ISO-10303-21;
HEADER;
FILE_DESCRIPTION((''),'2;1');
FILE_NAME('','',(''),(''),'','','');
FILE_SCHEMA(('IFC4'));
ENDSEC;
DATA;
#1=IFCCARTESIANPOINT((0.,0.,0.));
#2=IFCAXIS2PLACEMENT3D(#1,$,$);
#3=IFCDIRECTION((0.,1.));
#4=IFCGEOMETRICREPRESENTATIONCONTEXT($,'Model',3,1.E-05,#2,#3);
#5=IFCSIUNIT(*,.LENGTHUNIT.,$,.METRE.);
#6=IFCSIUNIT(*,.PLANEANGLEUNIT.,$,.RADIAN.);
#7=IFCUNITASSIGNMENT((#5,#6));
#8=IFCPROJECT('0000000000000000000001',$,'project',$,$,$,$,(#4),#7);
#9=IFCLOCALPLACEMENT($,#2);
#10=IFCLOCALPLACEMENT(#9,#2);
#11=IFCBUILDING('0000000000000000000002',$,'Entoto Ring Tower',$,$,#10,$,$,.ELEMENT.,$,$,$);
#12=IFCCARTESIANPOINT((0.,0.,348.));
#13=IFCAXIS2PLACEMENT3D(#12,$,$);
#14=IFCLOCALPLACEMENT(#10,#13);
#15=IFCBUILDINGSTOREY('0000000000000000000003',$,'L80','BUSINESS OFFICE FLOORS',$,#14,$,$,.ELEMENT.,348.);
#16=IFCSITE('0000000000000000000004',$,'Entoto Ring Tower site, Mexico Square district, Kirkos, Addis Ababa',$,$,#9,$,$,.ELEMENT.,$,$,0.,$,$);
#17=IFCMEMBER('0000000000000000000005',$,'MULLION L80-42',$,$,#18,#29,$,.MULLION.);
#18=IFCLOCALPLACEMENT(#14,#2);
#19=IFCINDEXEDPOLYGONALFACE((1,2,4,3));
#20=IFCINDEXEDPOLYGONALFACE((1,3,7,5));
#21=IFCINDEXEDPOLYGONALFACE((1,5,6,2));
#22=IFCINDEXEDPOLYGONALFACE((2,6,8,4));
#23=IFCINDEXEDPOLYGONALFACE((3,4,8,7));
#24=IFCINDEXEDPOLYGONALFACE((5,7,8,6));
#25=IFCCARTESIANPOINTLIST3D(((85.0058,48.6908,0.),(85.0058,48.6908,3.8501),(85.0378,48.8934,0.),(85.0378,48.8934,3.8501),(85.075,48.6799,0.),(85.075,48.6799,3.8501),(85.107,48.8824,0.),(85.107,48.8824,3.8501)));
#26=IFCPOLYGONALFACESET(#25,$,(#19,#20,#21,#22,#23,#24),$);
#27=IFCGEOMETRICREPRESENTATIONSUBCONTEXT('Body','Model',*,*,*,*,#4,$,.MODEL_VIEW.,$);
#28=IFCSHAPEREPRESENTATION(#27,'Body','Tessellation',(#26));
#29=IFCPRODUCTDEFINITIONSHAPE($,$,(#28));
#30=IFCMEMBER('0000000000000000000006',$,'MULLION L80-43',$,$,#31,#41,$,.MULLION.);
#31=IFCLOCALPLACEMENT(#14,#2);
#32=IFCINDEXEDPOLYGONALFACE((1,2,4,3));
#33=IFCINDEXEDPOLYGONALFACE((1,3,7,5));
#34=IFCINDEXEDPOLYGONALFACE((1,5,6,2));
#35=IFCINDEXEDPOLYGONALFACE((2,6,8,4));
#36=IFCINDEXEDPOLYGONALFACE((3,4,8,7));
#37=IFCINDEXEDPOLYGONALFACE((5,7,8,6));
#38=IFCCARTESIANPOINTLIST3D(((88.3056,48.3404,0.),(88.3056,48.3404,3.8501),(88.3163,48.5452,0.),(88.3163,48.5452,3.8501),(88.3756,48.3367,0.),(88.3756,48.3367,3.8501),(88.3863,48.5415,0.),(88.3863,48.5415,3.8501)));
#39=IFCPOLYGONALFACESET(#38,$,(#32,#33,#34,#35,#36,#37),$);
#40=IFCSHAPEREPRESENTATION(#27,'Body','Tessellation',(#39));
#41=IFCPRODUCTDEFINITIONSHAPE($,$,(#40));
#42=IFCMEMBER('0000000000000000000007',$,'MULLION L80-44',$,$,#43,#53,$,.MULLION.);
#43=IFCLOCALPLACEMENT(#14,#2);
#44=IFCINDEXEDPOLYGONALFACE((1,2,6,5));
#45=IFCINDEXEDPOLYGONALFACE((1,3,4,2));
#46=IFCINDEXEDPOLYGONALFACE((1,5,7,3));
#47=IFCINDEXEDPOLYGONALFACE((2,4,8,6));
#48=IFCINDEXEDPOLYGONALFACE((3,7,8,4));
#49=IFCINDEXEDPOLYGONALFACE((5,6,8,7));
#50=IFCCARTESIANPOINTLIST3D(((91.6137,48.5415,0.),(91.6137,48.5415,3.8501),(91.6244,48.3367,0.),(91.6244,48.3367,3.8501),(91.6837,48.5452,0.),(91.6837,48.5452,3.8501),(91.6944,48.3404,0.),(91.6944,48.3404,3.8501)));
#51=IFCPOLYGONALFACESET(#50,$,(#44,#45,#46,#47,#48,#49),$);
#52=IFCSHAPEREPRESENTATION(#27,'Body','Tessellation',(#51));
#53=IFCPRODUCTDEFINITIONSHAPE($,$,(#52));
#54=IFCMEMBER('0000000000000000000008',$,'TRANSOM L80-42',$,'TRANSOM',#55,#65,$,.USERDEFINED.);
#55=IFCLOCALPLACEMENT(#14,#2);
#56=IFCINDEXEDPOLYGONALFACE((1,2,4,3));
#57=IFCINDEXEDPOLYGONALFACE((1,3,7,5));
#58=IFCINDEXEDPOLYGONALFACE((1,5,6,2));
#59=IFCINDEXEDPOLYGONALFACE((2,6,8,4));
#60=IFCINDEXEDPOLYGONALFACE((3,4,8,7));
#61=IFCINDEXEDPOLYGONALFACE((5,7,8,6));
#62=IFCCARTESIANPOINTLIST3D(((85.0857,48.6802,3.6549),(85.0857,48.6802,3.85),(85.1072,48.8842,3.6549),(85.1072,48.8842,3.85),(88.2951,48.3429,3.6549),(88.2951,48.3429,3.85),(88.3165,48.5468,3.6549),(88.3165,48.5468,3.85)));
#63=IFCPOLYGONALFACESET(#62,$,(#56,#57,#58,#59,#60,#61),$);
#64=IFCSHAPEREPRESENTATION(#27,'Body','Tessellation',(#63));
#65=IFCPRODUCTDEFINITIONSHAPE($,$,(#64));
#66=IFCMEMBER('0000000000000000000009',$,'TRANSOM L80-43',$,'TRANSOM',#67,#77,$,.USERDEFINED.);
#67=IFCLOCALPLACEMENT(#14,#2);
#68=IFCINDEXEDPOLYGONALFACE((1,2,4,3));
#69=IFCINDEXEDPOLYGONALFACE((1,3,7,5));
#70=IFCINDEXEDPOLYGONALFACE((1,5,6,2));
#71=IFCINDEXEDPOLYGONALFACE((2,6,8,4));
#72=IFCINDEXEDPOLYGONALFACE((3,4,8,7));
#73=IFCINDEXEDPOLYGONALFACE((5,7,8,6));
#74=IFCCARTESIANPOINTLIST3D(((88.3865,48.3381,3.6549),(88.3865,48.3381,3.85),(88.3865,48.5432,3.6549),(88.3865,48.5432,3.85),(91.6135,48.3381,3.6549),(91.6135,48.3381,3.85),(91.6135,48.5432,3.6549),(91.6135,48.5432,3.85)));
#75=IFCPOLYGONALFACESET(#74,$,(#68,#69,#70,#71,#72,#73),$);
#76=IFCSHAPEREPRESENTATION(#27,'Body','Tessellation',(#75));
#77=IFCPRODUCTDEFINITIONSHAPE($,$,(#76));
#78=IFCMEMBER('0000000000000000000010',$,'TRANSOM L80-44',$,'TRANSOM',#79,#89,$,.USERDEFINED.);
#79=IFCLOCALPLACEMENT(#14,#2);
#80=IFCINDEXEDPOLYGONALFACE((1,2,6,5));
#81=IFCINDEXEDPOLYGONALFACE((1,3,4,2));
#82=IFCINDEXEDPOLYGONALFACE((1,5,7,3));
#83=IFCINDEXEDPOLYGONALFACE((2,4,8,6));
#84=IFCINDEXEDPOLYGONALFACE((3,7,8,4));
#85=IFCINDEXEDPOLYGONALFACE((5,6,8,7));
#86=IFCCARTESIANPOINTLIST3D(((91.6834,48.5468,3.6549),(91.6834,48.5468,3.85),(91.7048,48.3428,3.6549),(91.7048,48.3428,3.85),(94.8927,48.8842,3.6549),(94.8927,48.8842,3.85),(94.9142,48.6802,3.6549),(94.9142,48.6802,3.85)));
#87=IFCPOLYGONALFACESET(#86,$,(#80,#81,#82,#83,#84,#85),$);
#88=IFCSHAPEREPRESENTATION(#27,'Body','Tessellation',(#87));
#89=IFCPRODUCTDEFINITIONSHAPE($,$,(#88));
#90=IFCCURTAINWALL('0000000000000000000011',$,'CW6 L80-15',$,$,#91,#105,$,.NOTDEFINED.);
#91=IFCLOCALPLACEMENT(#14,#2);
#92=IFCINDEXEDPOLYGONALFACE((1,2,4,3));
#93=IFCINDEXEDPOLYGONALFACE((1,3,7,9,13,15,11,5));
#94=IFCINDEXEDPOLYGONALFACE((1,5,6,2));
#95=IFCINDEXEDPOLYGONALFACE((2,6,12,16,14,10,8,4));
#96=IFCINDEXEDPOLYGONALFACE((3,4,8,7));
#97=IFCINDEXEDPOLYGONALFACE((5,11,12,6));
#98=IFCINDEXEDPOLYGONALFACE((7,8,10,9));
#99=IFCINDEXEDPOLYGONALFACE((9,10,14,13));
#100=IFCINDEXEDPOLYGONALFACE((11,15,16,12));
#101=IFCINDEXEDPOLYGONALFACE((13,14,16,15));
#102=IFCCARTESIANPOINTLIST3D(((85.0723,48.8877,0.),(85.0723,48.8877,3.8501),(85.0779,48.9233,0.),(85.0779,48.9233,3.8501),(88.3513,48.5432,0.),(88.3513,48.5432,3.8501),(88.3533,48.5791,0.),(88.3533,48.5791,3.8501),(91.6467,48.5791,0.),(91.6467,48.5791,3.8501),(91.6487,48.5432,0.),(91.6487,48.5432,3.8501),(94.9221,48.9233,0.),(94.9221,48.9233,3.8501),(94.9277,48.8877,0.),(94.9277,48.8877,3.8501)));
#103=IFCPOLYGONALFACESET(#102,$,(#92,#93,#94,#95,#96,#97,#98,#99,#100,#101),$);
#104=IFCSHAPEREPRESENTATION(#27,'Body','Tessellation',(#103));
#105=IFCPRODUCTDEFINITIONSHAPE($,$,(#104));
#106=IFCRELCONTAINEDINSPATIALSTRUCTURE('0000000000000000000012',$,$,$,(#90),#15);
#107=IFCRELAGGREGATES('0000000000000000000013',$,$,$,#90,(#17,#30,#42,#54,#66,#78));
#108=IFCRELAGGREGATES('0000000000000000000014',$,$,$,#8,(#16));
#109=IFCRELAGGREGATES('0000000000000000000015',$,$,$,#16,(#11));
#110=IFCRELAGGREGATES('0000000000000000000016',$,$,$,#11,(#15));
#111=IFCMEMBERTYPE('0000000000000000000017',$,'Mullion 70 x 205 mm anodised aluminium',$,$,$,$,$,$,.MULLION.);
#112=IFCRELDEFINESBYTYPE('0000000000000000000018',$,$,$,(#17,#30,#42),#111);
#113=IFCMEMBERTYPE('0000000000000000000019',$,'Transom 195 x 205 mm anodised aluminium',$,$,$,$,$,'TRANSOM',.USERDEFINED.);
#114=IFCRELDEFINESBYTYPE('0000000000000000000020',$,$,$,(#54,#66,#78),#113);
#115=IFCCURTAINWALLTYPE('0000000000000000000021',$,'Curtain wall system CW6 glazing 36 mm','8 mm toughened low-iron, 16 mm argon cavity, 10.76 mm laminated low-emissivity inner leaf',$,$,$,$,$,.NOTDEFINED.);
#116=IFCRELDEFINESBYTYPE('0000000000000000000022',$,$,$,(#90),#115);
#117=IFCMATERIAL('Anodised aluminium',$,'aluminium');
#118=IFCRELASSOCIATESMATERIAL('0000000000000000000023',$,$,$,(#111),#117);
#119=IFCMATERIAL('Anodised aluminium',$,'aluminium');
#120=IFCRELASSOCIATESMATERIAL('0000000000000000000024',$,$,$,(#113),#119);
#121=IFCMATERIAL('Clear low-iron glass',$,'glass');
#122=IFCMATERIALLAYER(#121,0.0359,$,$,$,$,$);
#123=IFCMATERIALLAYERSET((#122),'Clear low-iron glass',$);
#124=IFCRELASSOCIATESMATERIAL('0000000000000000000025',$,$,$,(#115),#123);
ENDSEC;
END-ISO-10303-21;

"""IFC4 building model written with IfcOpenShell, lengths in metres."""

from ifc_helpers import new_model, si_unit, direction, frame, origin, origin_2d, place, context, subcontext, project, spatial, polyline, rectangle, outline, extrude, material, layer, layer_set, material_profile, profile_set, type_object, element, aggregate, save


model = new_model("IFC4")

# Units and contexts
model_context = context("Model", 3, precision=1e-05, world=origin(), true_north=direction((0.0, 1.0)))
body_context = subcontext(model_context, "Body", "Model", "MODEL_VIEW")
ifc_project = project(units=[si_unit("LENGTHUNIT", "METRE"), si_unit("PLANEANGLEUNIT", "RADIAN")], contexts=[model_context])

# Members
ifc_material_1 = material(Name="Anodised aluminium", Category="aluminium")
ifc_material_profile_1 = material_profile(ifc_material_1, rectangle(XDim=0.0701, YDim=0.2051, at=origin_2d()), Name="Mullion 70 x 205 mm anodised aluminium")
ifc_profile_set_1 = profile_set([ifc_material_profile_1], Name="Anodised aluminium")
member_type_1 = type_object("IfcMemberType", Name="Mullion 70 x 205 mm anodised aluminium", PredefinedType="MULLION", material=ifc_profile_set_1)
site_placement = place(None, origin())
building_placement = place(site_placement, origin())
storey_placement = place(building_placement, frame((0.0, 0.0, 348.0)))
member_1_placement = place(storey_placement, frame((85.0564, 48.7866, 0.0), z_axis=(0.0, 0.0, 1.0), x_axis=(0.987688, -0.156434, 0.0)))
member_1 = element("IfcMember", 1, at=member_1_placement, type_object=member_type_1, Name="MULLION L80-42", PredefinedType="MULLION", context=body_context, shape_type="SweptSolid", body=[
    extrude(rectangle(XDim=0.0701, YDim=0.2051, at=origin_2d()), origin(), (0.0, 0.0, 1.0), 3.8501),
])
member_2_placement = place(storey_placement, frame((88.3459, 48.4409, 0.0), z_axis=(0.0, 0.0, 1.0), x_axis=(0.99863, -0.052336, 0.0)))
member_2 = element("IfcMember", 2, at=member_2_placement, type_object=member_type_1, Name="MULLION L80-43", PredefinedType="MULLION", context=body_context, shape_type="SweptSolid", body=[
    extrude(rectangle(XDim=0.0701, YDim=0.2051, at=origin_2d()), origin(), (0.0, 0.0, 1.0), 3.8501),
])
member_3_placement = place(storey_placement, frame((91.6541, 48.4409, 0.0), z_axis=(0.0, 0.0, 1.0), x_axis=(0.99863, 0.052336, 0.0)))
member_3 = element("IfcMember", 3, at=member_3_placement, type_object=member_type_1, Name="MULLION L80-44", PredefinedType="MULLION", context=body_context, shape_type="SweptSolid", body=[
    extrude(rectangle(XDim=0.0701, YDim=0.2051, at=origin_2d()), origin(), (0.0, 0.0, 1.0), 3.8501),
])
ifc_material_2 = material(Name="Anodised aluminium", Category="aluminium")
ifc_material_profile_2 = material_profile(ifc_material_2, rectangle(XDim=0.2051, YDim=0.1951, at=origin_2d()), Name="Transom 195 x 205 mm anodised aluminium")
ifc_profile_set_2 = profile_set([ifc_material_profile_2], Name="Anodised aluminium")
member_type_2 = type_object("IfcMemberType", Name="Transom 195 x 205 mm anodised aluminium", ElementType="TRANSOM", PredefinedType="USERDEFINED", material=ifc_profile_set_2)
member_4_placement = place(storey_placement, frame((85.0964, 48.7822, 3.7524), z_axis=(0.99452, -0.104551, 0.0), x_axis=(0.104551, 0.99452, 0.0)))
member_4 = element("IfcMember", 4, at=member_4_placement, type_object=member_type_2, Name="TRANSOM L80-42", ObjectType="TRANSOM", PredefinedType="USERDEFINED", context=body_context, shape_type="SweptSolid", body=[
    extrude(rectangle(XDim=0.2051, YDim=0.1951, at=origin_2d()), origin(), (0.0, 0.0, 1.0), 3.2271),
])
member_5_placement = place(storey_placement, frame((88.3865, 48.4407, 3.7524), z_axis=(1.0, 0.0, 0.0), x_axis=(0.0, 1.0, 0.0)))
member_5 = element("IfcMember", 5, at=member_5_placement, type_object=member_type_2, Name="TRANSOM L80-43", ObjectType="TRANSOM", PredefinedType="USERDEFINED", context=body_context, shape_type="SweptSolid", body=[
    extrude(rectangle(XDim=0.2051, YDim=0.1951, at=origin_2d()), origin(), (0.0, 0.0, 1.0), 3.2271),
])
member_6_placement = place(storey_placement, frame((91.6941, 48.4448, 3.7524), z_axis=(0.99452, 0.104551, 0.0), x_axis=(-0.104551, 0.99452, 0.0)))
member_6 = element("IfcMember", 6, at=member_6_placement, type_object=member_type_2, Name="TRANSOM L80-44", ObjectType="TRANSOM", PredefinedType="USERDEFINED", context=body_context, shape_type="SweptSolid", body=[
    extrude(rectangle(XDim=0.2051, YDim=0.1951, at=origin_2d()), origin(), (0.0, 0.0, 1.0), 3.2271),
])

# Site, building, storey
site = spatial("IfcSite", under=ifc_project, at=site_placement, Name="Entoto Ring Tower site, Mexico Square district, Kirkos, Addis Ababa", CompositionType="ELEMENT", RefElevation=0.0)
building = spatial("IfcBuilding", under=site, at=building_placement, Name="Entoto Ring Tower", CompositionType="ELEMENT")
storey = spatial("IfcBuildingStorey", under=building, at=storey_placement, Name="L80", Description="BUSINESS OFFICE FLOORS", CompositionType="ELEMENT", Elevation=348.0)

# Curtain wall
ifc_material_3 = material(Name="Clear low-iron glass", Category="glass")
ifc_layer = layer(ifc_material_3, 0.0359)
ifc_layer_set = layer_set([ifc_layer], Name="Clear low-iron glass")
curtain_wall_type = type_object("IfcCurtainWallType", Name="Curtain wall system CW6 glazing 36 mm", Description="8 mm toughened low-iron, 16 mm argon cavity, 10.76 mm laminated low-emissivity inner leaf", PredefinedType="NOTDEFINED", material=ifc_layer_set)
curtain_wall_1_placement = place(storey_placement, origin())
curtain_wall_1 = element("IfcCurtainWall", 7, at=curtain_wall_1_placement, inside=storey, type_object=curtain_wall_type, Name="CW6 L80-15", PredefinedType="NOTDEFINED", context=body_context, shape_type="SweptSolid", body=[
    extrude(outline(polyline([(85.0723, 48.8877), (88.3513, 48.5432), (91.6487, 48.5432), (94.9277, 48.8877), (94.9221, 48.9233), (91.6467, 48.5791), (88.3533, 48.5791), (85.0779, 48.9233), (85.0723, 48.8877)])), origin(), (0.0, 0.0, 1.0), 3.8501),
])
aggregate(curtain_wall_1, [member_1, member_2, member_3, member_4, member_5, member_6])

save(model, "model.ifc")
